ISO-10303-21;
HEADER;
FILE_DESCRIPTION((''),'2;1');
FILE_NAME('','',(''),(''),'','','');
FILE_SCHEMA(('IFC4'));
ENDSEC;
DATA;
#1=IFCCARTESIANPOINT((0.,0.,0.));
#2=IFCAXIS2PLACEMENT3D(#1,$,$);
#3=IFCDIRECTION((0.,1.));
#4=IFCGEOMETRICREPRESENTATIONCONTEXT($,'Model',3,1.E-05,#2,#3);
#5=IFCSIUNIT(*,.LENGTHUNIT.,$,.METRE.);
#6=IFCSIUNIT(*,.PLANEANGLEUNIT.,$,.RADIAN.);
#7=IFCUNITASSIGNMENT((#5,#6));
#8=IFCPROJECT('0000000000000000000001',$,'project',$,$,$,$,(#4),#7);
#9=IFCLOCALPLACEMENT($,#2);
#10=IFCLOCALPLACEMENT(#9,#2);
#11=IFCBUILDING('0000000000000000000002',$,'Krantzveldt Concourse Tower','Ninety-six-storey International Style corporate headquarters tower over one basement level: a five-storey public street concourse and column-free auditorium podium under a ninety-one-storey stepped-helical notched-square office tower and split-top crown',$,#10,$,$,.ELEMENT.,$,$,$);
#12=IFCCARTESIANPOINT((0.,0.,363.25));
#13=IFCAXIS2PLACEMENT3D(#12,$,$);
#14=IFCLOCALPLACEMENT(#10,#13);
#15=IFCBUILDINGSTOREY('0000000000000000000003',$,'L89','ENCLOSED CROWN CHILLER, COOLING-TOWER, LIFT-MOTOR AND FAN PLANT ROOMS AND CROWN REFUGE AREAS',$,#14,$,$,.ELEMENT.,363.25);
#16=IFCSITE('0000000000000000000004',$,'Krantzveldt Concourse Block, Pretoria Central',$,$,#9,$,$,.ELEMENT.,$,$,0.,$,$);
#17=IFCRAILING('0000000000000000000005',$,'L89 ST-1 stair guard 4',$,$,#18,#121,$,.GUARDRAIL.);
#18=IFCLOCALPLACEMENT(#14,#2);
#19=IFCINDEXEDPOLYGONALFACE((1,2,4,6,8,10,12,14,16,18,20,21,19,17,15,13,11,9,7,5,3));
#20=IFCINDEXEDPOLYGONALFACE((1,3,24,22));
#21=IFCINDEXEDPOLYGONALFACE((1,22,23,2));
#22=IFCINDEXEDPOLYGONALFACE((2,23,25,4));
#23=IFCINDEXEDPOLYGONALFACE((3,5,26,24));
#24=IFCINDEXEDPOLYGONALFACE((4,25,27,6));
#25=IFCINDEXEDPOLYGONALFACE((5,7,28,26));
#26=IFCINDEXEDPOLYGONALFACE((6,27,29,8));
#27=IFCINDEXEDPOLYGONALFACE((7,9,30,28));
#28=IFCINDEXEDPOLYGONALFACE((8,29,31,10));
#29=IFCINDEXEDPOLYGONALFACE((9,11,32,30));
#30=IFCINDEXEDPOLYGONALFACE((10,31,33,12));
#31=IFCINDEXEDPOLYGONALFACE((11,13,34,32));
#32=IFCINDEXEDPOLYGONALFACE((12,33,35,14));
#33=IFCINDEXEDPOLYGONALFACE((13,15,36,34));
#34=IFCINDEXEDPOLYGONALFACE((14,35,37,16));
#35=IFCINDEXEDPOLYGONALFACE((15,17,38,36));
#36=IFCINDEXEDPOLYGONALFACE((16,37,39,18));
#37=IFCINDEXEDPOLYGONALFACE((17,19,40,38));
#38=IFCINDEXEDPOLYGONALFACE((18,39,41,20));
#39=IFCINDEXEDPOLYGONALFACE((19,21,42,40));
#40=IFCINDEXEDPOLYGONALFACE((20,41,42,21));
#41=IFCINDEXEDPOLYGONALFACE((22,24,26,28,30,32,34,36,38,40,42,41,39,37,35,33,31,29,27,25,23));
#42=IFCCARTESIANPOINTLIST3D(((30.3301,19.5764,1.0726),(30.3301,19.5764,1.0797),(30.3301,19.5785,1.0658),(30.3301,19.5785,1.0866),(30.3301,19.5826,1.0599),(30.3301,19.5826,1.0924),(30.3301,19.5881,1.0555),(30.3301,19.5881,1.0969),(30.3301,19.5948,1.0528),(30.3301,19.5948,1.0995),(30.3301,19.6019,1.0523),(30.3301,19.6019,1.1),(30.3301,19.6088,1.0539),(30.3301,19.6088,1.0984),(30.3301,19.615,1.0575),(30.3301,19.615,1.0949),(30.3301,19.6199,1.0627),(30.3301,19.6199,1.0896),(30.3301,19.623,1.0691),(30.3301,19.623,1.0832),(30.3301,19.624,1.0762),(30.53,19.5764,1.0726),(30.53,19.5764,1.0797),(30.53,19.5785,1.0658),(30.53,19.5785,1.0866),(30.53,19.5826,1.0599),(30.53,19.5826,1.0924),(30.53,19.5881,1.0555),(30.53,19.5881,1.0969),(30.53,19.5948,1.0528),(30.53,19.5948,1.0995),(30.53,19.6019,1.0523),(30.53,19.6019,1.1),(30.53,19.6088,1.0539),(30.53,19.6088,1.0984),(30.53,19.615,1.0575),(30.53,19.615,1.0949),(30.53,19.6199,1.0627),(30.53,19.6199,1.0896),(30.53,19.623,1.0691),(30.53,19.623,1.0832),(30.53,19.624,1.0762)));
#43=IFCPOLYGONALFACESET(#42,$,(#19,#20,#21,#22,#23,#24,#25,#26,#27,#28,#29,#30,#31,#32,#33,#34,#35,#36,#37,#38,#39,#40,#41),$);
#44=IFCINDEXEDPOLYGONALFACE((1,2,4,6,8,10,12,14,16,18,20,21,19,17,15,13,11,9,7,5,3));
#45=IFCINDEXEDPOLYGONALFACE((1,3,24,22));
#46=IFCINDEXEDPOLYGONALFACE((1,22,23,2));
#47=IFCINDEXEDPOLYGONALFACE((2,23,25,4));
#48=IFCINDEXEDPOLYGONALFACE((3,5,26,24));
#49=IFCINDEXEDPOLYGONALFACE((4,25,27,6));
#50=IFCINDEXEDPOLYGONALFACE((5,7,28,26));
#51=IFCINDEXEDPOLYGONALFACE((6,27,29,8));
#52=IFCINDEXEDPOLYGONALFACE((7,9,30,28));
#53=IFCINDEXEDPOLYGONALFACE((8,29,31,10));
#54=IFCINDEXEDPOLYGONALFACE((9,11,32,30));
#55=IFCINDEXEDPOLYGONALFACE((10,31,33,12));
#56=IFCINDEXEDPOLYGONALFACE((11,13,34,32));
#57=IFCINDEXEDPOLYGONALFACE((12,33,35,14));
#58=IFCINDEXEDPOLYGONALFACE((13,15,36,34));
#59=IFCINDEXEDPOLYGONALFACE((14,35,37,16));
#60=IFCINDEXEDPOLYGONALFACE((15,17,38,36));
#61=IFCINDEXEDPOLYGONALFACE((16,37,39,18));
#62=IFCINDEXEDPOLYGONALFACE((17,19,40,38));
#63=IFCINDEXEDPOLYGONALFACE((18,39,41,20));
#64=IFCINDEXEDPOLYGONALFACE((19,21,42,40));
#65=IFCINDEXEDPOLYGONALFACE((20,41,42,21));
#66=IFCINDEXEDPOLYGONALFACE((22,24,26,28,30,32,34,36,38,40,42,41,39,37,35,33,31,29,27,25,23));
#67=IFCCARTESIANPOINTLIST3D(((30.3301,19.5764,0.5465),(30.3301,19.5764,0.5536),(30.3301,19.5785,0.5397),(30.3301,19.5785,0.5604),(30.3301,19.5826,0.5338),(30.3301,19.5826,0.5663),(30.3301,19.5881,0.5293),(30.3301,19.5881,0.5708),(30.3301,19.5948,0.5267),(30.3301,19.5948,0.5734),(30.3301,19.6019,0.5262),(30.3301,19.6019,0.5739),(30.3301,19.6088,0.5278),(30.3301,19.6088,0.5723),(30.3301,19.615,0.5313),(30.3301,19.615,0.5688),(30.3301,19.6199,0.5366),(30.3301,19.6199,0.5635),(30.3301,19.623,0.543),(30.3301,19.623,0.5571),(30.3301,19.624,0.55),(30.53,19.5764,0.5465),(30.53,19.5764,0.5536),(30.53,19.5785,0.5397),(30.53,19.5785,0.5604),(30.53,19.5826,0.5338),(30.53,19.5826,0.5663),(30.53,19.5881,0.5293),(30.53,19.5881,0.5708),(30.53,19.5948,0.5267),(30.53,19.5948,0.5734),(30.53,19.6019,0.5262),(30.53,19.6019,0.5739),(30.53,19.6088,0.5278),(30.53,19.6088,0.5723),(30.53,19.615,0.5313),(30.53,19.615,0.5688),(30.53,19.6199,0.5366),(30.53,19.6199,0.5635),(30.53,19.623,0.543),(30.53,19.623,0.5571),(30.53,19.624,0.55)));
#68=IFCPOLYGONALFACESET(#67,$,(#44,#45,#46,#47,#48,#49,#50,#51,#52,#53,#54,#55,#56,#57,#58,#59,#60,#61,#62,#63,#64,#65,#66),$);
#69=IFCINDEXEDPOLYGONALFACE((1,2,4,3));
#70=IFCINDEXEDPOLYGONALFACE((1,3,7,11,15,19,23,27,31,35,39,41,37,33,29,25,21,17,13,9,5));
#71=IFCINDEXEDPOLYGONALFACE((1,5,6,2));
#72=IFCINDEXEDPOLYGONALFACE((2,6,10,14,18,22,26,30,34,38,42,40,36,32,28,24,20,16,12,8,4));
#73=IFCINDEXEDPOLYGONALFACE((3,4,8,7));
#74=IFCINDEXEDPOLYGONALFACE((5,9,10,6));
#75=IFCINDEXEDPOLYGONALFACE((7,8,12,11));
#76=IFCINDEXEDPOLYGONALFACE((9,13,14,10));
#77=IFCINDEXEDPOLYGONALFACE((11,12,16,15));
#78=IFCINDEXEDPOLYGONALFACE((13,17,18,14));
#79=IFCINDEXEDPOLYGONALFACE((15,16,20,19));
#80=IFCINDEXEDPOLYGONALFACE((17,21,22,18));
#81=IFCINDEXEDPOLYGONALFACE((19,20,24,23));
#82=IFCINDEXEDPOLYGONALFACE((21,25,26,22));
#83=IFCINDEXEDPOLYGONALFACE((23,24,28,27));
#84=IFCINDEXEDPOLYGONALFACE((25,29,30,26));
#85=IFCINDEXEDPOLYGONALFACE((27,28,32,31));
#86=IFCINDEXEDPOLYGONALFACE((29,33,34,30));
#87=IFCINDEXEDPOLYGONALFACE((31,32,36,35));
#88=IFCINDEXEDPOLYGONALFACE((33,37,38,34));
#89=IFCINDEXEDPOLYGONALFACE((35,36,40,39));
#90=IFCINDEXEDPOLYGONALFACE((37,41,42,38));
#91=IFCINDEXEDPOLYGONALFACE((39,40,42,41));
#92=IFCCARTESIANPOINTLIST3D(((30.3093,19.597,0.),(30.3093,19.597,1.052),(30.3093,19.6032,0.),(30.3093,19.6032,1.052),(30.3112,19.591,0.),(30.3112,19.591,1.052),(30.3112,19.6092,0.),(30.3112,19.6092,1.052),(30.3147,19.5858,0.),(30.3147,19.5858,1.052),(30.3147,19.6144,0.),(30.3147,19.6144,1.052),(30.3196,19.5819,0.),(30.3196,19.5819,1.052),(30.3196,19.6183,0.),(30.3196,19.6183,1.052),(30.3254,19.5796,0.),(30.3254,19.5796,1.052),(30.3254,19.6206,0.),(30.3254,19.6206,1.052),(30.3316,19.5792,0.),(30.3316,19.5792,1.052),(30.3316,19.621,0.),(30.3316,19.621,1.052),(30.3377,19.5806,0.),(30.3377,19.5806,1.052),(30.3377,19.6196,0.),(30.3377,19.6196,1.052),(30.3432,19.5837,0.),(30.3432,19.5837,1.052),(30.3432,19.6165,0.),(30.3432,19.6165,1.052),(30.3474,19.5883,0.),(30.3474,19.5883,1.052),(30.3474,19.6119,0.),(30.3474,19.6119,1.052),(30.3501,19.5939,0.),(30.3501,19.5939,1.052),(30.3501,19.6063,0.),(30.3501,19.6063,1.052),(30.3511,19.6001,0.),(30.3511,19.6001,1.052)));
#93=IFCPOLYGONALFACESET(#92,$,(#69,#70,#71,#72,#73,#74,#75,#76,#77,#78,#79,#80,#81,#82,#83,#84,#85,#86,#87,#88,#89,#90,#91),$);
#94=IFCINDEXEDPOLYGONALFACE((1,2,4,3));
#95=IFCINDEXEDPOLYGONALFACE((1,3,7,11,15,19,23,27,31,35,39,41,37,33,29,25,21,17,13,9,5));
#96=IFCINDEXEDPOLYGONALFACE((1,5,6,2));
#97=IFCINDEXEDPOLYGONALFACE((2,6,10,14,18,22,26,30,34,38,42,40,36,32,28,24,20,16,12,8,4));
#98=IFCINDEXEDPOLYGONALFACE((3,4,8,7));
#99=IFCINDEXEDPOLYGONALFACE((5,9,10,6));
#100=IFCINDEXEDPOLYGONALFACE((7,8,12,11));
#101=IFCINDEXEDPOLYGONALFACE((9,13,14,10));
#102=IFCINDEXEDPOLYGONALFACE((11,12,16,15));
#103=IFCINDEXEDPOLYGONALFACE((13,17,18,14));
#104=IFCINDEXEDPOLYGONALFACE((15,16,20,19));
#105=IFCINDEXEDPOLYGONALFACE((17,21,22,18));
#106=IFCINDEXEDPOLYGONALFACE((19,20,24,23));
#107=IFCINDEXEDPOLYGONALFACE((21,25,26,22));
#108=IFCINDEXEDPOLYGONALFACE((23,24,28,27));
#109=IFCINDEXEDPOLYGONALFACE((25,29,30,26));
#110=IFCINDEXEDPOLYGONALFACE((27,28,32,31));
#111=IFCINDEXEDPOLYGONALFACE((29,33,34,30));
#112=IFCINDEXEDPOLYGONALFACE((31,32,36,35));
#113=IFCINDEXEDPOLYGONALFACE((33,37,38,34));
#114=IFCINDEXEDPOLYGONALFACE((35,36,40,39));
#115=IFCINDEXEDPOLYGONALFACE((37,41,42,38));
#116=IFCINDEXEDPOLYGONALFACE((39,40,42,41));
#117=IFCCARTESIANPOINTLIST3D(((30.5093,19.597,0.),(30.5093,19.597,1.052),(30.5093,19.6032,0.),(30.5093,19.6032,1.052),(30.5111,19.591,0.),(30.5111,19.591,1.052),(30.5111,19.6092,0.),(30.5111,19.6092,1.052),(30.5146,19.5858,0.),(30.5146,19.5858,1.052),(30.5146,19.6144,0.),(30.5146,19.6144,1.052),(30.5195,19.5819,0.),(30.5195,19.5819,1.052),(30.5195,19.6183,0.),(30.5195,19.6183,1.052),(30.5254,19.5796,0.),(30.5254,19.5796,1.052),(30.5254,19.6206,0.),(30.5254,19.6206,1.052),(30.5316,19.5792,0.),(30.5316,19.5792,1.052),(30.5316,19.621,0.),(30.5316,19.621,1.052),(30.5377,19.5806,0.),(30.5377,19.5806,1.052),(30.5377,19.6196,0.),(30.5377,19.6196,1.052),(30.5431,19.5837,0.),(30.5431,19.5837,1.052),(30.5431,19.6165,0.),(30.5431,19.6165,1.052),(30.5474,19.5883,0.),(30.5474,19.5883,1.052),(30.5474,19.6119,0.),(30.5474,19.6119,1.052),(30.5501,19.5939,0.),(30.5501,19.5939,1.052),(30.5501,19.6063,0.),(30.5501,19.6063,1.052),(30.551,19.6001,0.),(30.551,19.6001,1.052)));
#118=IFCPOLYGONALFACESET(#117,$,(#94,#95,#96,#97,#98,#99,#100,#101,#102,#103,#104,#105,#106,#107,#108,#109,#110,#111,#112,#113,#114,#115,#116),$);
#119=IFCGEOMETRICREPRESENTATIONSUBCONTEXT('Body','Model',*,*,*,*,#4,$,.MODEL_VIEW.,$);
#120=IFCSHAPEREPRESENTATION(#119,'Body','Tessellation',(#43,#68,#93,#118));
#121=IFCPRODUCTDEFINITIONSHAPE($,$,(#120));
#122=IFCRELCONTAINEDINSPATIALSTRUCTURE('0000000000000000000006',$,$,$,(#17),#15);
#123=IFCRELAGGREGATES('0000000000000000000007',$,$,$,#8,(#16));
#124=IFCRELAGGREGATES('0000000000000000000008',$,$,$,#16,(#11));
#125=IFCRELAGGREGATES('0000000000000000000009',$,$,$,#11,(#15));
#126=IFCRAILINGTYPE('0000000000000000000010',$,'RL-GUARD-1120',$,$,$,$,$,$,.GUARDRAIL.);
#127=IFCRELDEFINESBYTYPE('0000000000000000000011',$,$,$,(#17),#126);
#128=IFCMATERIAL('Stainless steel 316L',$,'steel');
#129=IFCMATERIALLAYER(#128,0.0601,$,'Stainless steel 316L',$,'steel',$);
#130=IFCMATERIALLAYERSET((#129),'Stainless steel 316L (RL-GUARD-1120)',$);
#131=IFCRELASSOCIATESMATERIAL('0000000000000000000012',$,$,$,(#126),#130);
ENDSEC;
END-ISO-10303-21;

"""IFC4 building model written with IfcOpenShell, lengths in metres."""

from ifc_helpers import new_model, si_unit, direction, frame, origin, origin_2d, place, context, subcontext, project, spatial, circle, extrude, material, layer, layer_set, type_object, element, save


model = new_model("IFC4")

# Units and contexts
model_context = context("Model", 3, precision=1e-05, world=origin(), true_north=direction((0.0, 1.0)))
body_context = subcontext(model_context, "Body", "Model", "MODEL_VIEW")
ifc_project = project(units=[si_unit("LENGTHUNIT", "METRE"), si_unit("PLANEANGLEUNIT", "RADIAN")], contexts=[model_context])

# Site, building, storey
site_placement = place(None, origin())
site = spatial("IfcSite", under=ifc_project, at=site_placement, Name="Krantzveldt Concourse Block, Pretoria Central", CompositionType="ELEMENT", RefElevation=0.0)
building_placement = place(site_placement, origin())
building = spatial("IfcBuilding", under=site, at=building_placement, Name="Krantzveldt Concourse Tower", Description="Ninety-six-storey International Style corporate headquarters tower over one basement level: a five-storey public street concourse and column-free auditorium podium under a ninety-one-storey stepped-helical notched-square office tower and split-top crown", CompositionType="ELEMENT")
storey_placement = place(building_placement, frame((0.0, 0.0, 363.25)))
storey = spatial("IfcBuildingStorey", under=building, at=storey_placement, Name="L89", Description="ENCLOSED CROWN CHILLER, COOLING-TOWER, LIFT-MOTOR AND FAN PLANT ROOMS AND CROWN REFUGE AREAS", CompositionType="ELEMENT", Elevation=363.25)

# Shared definitions
ifc_material_1 = material(Name="Stainless steel 316L", Category="steel")

# Railing
ifc_layer_1 = layer(ifc_material_1, 0.0601, Name="Stainless steel 316L", Category="steel")
ifc_layer_set_1 = layer_set([ifc_layer_1], Name="Stainless steel 316L (RL-GUARD-1120)")
railing_type_1 = type_object("IfcRailingType", Name="RL-GUARD-1120", PredefinedType="GUARDRAIL", material=ifc_layer_set_1)
railing_1_placement = place(storey_placement, frame((30.3301, 19.6001, 0.0)))
element("IfcRailing", 1, at=railing_1_placement, inside=storey, type_object=railing_type_1, Name="L89 ST-1 stair guard 4", PredefinedType="GUARDRAIL", context=body_context, shape_type="SweptSolid", body=[
    extrude(circle(Radius=0.0239, at=origin_2d()), frame((0.0, 0.0, 1.0762), z_axis=(1.0, 0.0, 0.0), x_axis=(0.0, 1.0, 0.0)), (0.0, 0.0, 1.0), 0.2),
    extrude(circle(Radius=0.0239, at=origin_2d()), frame((0.0, 0.0, 0.55), z_axis=(1.0, 0.0, 0.0), x_axis=(0.0, 1.0, 0.0)), (0.0, 0.0, 1.0), 0.2),
    extrude(circle(Radius=0.021, at=origin_2d()), origin(), (0.0, 0.0, 1.0), 1.052),
    extrude(circle(Radius=0.021, at=origin_2d()), frame((0.2, 0.0, 0.0)), (0.0, 0.0, 1.0), 1.052),
])

save(model, "model.ifc")
